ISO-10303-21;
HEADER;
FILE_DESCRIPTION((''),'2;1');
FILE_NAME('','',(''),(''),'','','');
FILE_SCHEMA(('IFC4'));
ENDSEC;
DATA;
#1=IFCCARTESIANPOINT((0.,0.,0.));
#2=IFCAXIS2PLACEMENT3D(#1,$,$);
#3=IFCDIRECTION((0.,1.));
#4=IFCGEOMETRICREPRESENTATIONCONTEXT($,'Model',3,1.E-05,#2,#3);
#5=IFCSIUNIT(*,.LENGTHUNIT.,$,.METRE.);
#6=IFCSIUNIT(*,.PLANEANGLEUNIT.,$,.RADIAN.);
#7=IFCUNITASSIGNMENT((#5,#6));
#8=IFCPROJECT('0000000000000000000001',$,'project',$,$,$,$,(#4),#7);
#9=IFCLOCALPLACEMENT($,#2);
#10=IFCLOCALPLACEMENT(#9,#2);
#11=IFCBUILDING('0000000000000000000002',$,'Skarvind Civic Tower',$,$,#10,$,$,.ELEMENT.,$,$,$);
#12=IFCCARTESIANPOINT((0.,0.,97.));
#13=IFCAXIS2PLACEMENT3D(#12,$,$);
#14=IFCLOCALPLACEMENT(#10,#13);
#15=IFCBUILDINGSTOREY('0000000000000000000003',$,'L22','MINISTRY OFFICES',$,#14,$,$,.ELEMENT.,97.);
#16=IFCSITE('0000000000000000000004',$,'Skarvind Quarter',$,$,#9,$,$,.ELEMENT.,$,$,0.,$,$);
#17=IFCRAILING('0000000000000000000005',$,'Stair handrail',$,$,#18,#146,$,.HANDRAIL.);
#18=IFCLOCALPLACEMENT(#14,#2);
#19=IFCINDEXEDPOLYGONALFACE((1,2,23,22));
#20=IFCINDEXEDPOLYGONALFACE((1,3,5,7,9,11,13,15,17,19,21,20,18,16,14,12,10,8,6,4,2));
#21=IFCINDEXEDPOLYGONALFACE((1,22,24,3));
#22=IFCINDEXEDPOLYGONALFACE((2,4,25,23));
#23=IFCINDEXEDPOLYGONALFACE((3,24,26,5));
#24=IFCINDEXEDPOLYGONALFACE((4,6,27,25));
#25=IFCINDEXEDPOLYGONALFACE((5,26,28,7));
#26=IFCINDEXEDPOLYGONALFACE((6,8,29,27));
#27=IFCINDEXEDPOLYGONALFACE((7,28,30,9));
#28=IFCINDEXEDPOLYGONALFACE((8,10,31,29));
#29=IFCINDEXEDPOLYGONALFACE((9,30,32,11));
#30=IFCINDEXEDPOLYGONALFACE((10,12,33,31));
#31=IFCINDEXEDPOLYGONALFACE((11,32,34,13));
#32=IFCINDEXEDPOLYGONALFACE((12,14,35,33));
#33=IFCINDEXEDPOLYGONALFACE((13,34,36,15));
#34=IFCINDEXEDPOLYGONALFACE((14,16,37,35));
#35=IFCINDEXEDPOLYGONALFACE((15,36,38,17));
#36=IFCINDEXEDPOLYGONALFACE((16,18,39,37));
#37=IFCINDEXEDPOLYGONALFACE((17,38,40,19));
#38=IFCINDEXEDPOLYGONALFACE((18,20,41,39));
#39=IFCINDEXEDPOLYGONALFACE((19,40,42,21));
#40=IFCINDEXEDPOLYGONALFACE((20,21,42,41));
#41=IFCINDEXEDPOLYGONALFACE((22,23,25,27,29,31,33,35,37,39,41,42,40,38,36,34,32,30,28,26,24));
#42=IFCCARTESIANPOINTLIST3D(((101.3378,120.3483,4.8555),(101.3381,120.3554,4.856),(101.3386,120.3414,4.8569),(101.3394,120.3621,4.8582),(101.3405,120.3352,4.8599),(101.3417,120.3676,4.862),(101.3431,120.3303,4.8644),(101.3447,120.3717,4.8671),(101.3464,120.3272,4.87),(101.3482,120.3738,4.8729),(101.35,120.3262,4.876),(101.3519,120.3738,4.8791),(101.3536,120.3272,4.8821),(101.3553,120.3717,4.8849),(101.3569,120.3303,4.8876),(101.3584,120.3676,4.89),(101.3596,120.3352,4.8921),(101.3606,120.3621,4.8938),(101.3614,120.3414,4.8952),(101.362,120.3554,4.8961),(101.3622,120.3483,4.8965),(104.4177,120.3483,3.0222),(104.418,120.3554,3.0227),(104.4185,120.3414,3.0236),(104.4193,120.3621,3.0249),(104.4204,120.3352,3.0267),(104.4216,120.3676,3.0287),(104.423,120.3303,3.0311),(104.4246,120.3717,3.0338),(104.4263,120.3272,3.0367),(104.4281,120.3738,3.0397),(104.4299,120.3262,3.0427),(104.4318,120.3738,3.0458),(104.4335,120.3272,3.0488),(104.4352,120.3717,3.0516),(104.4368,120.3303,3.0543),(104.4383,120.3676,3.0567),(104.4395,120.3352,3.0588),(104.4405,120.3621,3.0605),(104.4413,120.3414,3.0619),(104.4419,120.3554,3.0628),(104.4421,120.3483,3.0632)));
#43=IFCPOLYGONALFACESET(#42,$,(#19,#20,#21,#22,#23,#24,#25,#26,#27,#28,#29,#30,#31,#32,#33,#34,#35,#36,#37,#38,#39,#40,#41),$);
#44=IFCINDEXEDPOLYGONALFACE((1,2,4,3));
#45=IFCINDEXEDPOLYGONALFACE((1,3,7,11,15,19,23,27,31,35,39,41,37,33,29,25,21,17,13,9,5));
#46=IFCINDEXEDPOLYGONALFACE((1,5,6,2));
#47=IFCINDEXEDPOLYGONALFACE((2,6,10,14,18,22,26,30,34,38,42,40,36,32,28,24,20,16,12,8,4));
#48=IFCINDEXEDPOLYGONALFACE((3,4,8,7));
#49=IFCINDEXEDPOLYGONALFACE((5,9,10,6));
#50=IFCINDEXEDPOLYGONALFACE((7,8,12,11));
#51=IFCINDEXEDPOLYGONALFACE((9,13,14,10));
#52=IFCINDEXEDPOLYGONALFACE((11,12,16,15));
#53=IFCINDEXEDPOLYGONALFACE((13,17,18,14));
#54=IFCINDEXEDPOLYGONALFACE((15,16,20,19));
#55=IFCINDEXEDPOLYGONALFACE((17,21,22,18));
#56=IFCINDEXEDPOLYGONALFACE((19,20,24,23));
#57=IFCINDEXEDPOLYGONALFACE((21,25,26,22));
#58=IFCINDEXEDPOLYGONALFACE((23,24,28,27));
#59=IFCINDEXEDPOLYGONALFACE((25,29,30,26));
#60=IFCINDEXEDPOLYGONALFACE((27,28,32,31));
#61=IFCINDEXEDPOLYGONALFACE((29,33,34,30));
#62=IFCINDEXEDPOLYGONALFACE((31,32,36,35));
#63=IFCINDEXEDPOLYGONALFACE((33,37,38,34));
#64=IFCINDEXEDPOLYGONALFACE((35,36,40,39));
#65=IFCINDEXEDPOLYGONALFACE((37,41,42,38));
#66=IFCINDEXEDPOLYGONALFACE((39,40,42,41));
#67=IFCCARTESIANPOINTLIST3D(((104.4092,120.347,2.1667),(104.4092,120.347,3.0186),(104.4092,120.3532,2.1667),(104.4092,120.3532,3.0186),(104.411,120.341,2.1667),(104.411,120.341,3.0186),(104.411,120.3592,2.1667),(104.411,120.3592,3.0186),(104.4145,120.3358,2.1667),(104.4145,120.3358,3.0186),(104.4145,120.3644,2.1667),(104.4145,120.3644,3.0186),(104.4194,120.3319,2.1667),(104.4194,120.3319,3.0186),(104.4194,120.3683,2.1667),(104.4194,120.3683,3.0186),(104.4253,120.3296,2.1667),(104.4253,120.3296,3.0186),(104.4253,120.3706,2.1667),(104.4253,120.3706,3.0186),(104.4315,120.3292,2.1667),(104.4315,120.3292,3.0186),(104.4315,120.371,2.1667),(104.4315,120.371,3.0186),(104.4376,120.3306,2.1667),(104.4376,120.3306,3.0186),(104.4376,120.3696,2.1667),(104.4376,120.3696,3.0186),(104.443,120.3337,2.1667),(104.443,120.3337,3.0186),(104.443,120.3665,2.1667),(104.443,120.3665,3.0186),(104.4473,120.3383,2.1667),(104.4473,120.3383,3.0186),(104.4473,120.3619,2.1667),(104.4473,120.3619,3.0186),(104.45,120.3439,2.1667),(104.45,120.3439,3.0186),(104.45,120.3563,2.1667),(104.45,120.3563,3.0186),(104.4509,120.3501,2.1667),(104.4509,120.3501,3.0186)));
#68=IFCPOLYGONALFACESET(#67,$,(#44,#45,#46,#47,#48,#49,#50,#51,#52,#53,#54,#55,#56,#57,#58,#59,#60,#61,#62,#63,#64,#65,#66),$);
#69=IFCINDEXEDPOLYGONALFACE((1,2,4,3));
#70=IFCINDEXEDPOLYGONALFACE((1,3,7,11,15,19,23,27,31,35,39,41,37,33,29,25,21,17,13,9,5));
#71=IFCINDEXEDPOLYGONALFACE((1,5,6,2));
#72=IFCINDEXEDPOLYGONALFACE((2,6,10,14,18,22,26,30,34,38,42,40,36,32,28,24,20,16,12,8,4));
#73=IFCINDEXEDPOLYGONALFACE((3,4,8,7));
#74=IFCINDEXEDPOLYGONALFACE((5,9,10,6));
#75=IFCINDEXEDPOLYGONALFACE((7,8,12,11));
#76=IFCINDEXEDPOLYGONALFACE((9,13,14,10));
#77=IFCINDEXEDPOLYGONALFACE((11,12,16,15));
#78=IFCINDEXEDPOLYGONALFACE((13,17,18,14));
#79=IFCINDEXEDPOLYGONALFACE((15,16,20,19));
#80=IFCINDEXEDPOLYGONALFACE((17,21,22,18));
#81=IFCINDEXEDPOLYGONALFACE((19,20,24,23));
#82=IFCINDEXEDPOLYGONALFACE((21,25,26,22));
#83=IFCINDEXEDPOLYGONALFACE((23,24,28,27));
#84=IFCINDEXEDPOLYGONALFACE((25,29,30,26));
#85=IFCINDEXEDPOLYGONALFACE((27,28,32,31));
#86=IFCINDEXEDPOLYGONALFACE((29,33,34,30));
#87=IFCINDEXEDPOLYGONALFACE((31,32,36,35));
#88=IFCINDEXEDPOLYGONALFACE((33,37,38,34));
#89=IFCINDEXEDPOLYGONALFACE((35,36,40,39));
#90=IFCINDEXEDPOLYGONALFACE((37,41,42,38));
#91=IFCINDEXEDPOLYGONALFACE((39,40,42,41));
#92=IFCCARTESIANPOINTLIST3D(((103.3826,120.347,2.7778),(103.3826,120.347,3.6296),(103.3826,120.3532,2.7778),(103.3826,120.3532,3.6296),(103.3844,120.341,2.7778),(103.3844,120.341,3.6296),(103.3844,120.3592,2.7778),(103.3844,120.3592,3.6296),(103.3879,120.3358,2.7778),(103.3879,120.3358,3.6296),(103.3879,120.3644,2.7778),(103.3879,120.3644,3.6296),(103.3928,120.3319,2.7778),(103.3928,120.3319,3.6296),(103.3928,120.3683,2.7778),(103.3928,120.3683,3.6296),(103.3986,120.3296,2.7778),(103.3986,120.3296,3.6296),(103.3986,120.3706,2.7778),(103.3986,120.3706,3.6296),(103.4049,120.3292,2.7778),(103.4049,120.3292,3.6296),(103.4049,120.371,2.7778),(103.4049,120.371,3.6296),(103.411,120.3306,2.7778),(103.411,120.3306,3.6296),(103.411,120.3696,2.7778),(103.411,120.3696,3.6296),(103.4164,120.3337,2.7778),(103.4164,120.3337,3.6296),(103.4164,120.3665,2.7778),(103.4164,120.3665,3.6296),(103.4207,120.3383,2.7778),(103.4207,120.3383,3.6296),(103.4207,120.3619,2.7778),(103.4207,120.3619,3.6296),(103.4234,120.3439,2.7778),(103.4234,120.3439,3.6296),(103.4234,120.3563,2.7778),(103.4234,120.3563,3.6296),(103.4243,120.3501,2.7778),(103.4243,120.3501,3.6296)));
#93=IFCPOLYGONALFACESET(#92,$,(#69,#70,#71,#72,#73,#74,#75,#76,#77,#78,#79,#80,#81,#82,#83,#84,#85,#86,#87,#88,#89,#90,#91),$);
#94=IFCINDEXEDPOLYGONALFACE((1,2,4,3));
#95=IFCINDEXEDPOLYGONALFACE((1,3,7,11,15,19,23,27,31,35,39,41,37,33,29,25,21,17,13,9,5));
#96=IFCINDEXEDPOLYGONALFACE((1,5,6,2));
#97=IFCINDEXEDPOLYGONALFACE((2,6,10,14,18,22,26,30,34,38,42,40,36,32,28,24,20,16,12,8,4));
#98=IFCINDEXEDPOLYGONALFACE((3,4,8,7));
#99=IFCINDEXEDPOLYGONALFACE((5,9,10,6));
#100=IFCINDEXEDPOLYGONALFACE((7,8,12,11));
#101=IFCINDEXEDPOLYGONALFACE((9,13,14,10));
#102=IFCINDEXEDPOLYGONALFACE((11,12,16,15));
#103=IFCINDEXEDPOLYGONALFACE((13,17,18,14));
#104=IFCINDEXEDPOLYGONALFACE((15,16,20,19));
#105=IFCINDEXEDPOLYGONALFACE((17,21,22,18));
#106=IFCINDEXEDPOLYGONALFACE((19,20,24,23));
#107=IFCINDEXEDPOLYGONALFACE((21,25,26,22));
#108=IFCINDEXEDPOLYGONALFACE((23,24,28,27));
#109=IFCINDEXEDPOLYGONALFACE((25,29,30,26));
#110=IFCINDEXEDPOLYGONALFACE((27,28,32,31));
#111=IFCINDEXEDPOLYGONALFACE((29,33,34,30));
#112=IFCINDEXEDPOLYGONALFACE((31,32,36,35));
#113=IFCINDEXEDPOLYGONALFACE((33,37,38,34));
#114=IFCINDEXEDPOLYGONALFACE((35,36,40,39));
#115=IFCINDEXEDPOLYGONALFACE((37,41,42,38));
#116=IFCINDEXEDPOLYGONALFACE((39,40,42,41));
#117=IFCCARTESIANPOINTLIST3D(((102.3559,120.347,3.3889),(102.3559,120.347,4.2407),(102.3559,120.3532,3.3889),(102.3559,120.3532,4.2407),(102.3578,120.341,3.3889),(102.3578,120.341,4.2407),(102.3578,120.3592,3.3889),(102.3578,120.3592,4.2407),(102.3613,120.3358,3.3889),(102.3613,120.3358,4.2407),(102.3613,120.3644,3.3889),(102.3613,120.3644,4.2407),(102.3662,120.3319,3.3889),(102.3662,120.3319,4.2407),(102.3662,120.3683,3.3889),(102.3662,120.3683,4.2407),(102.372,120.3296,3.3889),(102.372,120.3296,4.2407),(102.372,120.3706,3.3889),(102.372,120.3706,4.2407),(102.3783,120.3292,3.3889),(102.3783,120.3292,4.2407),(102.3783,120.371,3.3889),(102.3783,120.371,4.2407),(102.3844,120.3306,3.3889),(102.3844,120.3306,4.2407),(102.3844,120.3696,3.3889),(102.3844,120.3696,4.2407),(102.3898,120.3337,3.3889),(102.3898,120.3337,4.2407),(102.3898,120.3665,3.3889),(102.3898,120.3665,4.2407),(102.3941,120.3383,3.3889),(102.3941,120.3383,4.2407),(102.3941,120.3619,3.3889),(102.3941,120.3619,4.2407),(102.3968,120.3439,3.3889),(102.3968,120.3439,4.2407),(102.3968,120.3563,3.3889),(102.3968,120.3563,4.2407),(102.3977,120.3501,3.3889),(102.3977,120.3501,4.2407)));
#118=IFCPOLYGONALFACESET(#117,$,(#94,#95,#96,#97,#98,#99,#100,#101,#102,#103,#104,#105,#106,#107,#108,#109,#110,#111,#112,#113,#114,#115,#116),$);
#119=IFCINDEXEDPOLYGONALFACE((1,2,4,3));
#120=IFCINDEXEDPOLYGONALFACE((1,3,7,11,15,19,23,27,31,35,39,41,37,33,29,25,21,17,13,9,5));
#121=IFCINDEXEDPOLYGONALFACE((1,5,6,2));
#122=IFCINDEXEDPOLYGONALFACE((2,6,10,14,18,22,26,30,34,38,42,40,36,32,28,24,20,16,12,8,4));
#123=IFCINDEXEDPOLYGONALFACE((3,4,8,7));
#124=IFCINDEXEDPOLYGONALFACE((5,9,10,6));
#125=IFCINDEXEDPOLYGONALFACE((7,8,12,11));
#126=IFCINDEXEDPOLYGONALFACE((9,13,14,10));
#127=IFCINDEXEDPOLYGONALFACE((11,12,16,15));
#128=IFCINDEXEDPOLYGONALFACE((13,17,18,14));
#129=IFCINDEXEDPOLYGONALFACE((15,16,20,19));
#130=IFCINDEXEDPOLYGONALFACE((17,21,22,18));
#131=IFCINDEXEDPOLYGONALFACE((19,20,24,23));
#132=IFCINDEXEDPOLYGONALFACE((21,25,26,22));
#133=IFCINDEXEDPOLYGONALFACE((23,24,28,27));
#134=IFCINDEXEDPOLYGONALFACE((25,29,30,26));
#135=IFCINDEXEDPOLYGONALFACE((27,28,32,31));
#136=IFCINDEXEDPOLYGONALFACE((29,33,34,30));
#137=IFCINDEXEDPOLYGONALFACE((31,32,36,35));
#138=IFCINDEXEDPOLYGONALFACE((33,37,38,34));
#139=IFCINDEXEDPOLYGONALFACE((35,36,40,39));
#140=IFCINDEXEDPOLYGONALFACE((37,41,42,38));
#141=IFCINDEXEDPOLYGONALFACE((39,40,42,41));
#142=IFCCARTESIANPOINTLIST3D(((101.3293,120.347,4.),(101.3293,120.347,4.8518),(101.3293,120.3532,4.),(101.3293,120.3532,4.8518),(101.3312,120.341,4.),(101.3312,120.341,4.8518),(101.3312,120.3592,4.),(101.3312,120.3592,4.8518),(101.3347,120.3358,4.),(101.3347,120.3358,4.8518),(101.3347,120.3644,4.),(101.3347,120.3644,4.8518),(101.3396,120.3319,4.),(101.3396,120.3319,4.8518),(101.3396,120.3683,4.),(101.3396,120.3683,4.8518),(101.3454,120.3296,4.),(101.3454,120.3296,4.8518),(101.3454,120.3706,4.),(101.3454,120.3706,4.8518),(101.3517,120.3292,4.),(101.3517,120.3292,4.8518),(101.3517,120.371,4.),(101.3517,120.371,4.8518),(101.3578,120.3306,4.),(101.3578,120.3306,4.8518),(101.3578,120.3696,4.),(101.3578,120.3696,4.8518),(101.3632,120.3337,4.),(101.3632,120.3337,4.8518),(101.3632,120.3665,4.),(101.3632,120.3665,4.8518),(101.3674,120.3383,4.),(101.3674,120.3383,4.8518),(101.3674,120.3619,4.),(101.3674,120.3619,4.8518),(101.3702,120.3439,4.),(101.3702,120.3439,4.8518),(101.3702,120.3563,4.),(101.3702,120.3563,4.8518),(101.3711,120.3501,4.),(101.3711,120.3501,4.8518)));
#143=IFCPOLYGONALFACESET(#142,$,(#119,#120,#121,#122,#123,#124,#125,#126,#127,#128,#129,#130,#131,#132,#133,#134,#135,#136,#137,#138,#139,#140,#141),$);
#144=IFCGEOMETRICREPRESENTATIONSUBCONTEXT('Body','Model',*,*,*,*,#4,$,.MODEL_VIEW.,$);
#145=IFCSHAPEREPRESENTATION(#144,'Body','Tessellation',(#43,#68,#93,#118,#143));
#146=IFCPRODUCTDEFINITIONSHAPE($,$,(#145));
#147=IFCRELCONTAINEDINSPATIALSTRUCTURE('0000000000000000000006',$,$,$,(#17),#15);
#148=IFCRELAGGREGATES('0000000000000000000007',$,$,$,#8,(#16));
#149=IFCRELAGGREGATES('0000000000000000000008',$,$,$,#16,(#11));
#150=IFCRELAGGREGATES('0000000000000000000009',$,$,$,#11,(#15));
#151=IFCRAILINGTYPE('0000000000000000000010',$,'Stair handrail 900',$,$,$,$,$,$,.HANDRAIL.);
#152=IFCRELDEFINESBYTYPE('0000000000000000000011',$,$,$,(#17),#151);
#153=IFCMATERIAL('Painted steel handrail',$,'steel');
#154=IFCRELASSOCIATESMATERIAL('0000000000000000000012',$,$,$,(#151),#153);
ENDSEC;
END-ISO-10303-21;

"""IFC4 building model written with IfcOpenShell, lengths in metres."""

from ifc_helpers import new_model, si_unit, direction, frame, origin, origin_2d, place, context, subcontext, project, spatial, circle, extrude, material, type_object, element, save


model = new_model("IFC4")

# Units and contexts
model_context = context("Model", 3, precision=1e-05, world=origin(), true_north=direction((0.0, 1.0)))
body_context = subcontext(model_context, "Body", "Model", "MODEL_VIEW")
ifc_project = project(units=[si_unit("LENGTHUNIT", "METRE"), si_unit("PLANEANGLEUNIT", "RADIAN")], contexts=[model_context])

# Site, building, storey
site_placement = place(None, origin())
site = spatial("IfcSite", under=ifc_project, at=site_placement, Name="Skarvind Quarter", CompositionType="ELEMENT", RefElevation=0.0)
building_placement = place(site_placement, origin())
building = spatial("IfcBuilding", under=site, at=building_placement, Name="Skarvind Civic Tower", CompositionType="ELEMENT")
storey_placement = place(building_placement, frame((0.0, 0.0, 97.0)))
storey = spatial("IfcBuildingStorey", under=building, at=storey_placement, Name="L22", Description="MINISTRY OFFICES", CompositionType="ELEMENT", Elevation=97.0)

# Railing
ifc_material_1 = material(Name="Painted steel handrail", Category="steel")
railing_type = type_object("IfcRailingType", Name="Stair handrail 900", PredefinedType="HANDRAIL", material=ifc_material_1)
railing_1_placement = place(storey_placement, frame((104.4299, 120.3501, 2.1667)))
element("IfcRailing", 1, at=railing_1_placement, inside=storey, type_object=railing_type, Name="Stair handrail", PredefinedType="HANDRAIL", context=body_context, shape_type="SweptSolid", body=[
    extrude(circle(Radius=0.0239, at=origin_2d()), frame((0.0, 0.0, 0.876), z_axis=(-0.859291, 0.0, 0.511487), x_axis=(0.0, -1.0, 0.0)), (0.0, 0.0, 1.0), 3.5842),
    extrude(circle(Radius=0.021, at=origin_2d()), origin(), (0.0, 0.0, 1.0), 0.8518),
    extrude(circle(Radius=0.021, at=origin_2d()), frame((-1.0266, 0.0, 0.6111)), (0.0, 0.0, 1.0), 0.8518),
    extrude(circle(Radius=0.021, at=origin_2d()), frame((-2.0532, 0.0, 1.2222)), (0.0, 0.0, 1.0), 0.8518),
    extrude(circle(Radius=0.021, at=origin_2d()), frame((-3.0798, 0.0, 1.8333)), (0.0, 0.0, 1.0), 0.8518),
])

save(model, "model.ifc")
